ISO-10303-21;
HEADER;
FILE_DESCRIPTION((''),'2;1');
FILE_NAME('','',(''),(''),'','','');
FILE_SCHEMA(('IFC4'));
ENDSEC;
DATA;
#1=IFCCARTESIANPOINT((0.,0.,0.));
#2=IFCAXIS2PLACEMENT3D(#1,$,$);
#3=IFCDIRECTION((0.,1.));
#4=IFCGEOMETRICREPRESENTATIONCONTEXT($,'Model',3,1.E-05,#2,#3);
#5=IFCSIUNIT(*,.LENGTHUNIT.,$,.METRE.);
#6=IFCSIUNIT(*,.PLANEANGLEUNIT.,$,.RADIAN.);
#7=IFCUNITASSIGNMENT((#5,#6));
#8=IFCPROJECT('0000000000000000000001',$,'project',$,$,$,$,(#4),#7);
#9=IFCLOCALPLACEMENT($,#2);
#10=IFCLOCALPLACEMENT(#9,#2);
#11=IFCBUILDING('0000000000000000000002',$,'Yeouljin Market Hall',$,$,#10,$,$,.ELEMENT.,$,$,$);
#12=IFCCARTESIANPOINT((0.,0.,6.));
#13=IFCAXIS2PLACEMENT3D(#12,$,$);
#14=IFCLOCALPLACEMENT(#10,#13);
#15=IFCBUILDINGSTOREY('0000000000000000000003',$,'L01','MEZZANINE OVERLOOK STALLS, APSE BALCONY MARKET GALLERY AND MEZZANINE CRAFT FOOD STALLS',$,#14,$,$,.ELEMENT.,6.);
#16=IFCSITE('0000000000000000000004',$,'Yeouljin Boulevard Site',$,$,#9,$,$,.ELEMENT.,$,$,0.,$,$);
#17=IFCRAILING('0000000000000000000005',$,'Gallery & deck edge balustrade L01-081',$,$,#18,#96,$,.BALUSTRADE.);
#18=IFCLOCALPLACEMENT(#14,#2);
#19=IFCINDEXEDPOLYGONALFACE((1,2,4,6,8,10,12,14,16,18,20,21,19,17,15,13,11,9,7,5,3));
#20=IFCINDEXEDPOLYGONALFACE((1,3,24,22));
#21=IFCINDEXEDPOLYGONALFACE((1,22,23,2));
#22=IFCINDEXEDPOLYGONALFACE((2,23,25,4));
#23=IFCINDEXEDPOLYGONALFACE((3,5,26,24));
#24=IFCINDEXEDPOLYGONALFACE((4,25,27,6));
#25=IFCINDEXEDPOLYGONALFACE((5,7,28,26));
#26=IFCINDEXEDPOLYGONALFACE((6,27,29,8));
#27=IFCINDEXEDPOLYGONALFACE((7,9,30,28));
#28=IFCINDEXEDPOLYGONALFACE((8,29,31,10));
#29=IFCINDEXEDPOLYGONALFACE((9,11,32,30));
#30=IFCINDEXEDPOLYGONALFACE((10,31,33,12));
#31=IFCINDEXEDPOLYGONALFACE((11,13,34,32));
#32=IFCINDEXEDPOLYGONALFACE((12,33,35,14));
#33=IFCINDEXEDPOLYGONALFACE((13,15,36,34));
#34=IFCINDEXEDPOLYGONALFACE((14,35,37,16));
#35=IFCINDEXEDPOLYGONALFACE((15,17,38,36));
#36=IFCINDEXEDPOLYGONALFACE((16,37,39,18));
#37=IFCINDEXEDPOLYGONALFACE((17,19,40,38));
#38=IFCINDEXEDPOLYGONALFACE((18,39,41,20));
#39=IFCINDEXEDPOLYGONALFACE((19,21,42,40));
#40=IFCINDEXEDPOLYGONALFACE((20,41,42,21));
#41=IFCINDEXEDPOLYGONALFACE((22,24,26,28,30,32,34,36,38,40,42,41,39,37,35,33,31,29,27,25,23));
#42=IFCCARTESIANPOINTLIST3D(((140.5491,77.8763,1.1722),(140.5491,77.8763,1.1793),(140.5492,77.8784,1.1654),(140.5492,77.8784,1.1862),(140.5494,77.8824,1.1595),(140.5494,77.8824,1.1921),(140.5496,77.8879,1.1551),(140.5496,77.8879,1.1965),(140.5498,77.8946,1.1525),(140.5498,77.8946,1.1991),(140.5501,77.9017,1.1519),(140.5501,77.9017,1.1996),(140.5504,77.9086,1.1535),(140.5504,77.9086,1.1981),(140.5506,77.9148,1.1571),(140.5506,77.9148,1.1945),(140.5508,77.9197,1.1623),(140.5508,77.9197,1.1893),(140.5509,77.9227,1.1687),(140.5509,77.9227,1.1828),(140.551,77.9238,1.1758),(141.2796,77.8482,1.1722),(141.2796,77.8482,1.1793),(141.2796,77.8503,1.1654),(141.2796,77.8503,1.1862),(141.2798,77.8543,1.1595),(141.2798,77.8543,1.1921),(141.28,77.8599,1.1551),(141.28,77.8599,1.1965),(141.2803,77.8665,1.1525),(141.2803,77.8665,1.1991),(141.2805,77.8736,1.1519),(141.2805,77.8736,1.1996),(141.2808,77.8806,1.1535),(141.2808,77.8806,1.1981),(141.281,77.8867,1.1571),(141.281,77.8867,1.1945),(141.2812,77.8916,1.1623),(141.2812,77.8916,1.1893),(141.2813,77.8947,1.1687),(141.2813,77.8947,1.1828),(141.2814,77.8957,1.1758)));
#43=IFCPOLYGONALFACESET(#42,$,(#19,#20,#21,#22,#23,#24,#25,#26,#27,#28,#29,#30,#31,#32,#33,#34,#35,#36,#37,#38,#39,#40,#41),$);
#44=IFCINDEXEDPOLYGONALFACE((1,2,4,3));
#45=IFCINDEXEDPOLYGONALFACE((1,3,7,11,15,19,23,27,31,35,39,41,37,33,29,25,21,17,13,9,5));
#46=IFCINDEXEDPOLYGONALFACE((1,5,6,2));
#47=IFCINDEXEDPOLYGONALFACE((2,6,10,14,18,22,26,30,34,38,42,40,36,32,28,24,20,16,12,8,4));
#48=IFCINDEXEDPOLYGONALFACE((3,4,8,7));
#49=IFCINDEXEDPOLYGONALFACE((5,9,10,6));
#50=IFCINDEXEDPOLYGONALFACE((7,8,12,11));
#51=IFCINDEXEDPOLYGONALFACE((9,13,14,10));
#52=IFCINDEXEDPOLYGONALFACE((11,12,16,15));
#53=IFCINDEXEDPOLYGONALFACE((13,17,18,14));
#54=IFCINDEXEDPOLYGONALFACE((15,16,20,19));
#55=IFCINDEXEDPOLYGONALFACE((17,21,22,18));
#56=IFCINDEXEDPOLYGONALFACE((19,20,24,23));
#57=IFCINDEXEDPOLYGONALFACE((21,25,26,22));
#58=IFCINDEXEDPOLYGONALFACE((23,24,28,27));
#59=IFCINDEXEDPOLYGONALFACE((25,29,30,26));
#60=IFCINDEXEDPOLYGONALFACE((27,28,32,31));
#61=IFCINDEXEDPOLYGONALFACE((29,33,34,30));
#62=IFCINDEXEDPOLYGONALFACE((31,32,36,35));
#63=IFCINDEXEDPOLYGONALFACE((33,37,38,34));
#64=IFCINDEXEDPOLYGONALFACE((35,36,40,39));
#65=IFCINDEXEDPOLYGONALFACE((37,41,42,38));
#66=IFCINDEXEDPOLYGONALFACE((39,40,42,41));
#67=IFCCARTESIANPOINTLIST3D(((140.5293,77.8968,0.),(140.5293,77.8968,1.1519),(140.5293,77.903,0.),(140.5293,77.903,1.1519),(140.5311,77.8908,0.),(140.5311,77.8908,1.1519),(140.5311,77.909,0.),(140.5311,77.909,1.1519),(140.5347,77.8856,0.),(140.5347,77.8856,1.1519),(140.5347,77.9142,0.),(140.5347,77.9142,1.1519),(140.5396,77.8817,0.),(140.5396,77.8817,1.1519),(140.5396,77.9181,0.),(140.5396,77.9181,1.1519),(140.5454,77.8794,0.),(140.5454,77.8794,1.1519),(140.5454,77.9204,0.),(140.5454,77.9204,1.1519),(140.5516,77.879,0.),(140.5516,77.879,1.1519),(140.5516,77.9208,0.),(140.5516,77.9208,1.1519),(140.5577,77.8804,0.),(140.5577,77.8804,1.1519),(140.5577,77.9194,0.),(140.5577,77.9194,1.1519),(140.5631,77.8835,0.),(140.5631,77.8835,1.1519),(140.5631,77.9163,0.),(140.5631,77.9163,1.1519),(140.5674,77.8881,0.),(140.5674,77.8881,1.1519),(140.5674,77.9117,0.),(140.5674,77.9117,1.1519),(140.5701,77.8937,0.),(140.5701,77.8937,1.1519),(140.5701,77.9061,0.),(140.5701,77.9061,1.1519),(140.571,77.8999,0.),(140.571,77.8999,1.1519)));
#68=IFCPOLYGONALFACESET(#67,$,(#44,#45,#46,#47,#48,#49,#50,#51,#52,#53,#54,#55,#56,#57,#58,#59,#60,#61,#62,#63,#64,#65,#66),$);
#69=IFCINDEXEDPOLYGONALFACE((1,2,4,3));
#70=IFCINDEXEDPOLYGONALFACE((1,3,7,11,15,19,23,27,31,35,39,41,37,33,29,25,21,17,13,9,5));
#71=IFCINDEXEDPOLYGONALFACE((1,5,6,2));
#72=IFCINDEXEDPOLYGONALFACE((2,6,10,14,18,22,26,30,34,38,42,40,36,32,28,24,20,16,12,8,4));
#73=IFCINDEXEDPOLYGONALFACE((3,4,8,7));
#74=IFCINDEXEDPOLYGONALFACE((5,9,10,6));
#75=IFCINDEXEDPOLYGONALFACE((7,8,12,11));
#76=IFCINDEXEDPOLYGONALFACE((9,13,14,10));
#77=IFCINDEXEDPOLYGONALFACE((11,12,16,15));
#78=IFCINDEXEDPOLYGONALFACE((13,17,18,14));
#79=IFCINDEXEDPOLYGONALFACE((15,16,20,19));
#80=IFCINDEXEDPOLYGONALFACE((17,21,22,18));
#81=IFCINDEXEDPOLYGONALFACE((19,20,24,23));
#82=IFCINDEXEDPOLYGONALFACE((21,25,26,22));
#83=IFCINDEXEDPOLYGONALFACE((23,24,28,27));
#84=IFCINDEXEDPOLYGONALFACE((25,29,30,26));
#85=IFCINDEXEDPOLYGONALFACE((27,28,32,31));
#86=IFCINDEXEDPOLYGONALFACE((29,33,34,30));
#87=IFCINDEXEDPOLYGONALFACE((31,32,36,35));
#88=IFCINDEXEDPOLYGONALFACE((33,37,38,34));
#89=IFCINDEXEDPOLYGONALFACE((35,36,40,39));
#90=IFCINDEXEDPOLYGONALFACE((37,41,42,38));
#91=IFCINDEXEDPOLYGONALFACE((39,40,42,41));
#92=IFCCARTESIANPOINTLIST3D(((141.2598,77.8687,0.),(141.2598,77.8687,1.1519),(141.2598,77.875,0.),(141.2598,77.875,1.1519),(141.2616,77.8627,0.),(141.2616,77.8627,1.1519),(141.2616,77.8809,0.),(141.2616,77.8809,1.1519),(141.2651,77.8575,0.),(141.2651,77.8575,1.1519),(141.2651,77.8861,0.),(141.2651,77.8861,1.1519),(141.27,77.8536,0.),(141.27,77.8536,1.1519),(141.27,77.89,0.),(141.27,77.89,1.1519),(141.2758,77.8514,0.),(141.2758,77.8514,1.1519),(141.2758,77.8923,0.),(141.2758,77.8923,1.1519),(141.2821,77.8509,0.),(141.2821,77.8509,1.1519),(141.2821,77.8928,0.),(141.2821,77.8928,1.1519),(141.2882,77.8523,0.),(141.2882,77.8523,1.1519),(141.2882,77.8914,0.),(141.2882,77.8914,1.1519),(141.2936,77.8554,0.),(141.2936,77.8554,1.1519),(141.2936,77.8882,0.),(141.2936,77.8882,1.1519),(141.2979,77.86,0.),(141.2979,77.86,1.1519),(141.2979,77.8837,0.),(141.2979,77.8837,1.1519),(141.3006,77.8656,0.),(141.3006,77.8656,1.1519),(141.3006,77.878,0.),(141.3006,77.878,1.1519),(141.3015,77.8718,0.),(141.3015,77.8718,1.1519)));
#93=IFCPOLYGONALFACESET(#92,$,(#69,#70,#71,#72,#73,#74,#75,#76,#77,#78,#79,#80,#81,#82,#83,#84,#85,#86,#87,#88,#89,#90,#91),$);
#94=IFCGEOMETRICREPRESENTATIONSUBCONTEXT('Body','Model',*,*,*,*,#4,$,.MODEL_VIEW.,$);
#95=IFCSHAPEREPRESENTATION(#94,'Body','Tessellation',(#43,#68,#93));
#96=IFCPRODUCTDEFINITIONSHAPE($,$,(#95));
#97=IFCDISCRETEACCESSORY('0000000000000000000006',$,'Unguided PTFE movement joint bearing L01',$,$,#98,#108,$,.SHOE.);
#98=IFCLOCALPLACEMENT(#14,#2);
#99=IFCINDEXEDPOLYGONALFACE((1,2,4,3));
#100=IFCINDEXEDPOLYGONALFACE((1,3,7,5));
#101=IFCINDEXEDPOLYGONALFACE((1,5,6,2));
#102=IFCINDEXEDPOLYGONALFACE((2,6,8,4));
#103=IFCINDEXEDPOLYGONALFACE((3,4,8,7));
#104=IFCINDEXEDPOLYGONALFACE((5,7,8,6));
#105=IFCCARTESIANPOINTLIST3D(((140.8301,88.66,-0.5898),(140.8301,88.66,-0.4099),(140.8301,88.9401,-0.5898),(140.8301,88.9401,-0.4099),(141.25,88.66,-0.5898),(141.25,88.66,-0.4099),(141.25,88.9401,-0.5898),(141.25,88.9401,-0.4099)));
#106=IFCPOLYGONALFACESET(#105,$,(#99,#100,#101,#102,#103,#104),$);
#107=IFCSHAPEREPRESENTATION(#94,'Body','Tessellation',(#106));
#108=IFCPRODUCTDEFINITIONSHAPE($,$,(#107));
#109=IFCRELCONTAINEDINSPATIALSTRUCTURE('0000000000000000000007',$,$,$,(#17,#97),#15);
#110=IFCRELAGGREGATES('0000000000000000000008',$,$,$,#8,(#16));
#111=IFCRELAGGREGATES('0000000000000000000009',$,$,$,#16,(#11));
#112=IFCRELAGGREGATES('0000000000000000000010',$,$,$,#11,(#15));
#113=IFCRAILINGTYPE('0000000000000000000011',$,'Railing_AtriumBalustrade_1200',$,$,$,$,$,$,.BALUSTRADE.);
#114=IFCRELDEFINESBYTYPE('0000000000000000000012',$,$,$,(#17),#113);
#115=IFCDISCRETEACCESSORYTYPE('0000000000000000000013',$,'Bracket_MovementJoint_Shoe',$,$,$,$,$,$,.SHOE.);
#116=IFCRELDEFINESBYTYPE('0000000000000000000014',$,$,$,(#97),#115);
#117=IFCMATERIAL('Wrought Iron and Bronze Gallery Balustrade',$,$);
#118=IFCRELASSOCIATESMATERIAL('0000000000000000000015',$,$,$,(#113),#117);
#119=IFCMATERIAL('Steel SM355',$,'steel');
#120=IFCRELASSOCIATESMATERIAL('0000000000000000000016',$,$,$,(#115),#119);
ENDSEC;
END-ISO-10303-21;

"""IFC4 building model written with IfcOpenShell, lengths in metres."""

from ifc_helpers import new_model, si_unit, direction, frame, origin, origin_2d, place, context, subcontext, project, spatial, rectangle, circle, extrude, material, type_object, element, save


model = new_model("IFC4")

# Units and contexts
model_context = context("Model", 3, precision=1e-05, world=origin(), true_north=direction((0.0, 1.0)))
body_context = subcontext(model_context, "Body", "Model", "MODEL_VIEW")
ifc_project = project(units=[si_unit("LENGTHUNIT", "METRE"), si_unit("PLANEANGLEUNIT", "RADIAN")], contexts=[model_context])

# Site, building, storey
site_placement = place(None, origin())
site = spatial("IfcSite", under=ifc_project, at=site_placement, Name="Yeouljin Boulevard Site", CompositionType="ELEMENT", RefElevation=0.0)
building_placement = place(site_placement, origin())
building = spatial("IfcBuilding", under=site, at=building_placement, Name="Yeouljin Market Hall", CompositionType="ELEMENT")
storey_placement = place(building_placement, frame((0.0, 0.0, 6.0)))
storey = spatial("IfcBuildingStorey", under=building, at=storey_placement, Name="L01", Description="MEZZANINE OVERLOOK STALLS, APSE BALCONY MARKET GALLERY AND MEZZANINE CRAFT FOOD STALLS", CompositionType="ELEMENT", Elevation=6.0)

# Railing
ifc_material_1 = material(Name="Wrought Iron and Bronze Gallery Balustrade")
railing_type = type_object("IfcRailingType", Name="Railing_AtriumBalustrade_1200", PredefinedType="BALUSTRADE", material=ifc_material_1)
railing_placement = place(storey_placement, frame((140.55, 77.8999, 0.0)))
element("IfcRailing", 1, at=railing_placement, inside=storey, type_object=railing_type, Name="Gallery & deck edge balustrade L01-081", PredefinedType="BALUSTRADE", context=body_context, shape_type="SweptSolid", body=[
    extrude(circle(Radius=0.0239, at=origin_2d()), frame((0.0, 0.0, 1.1758), z_axis=(0.999262, -0.038407, 0.0), x_axis=(0.038407, 0.999262, 0.0)), (0.0, 0.0, 1.0), 0.731),
    extrude(circle(Radius=0.021, at=origin_2d()), origin(), (0.0, 0.0, 1.0), 1.1519),
    extrude(circle(Radius=0.021, at=origin_2d()), frame((0.7305, -0.0281, 0.0)), (0.0, 0.0, 1.0), 1.1519),
])

# Discrete accessory
ifc_material_2 = material(Name="Steel SM355", Category="steel")
discrete_accessory_type = type_object("IfcDiscreteAccessoryType", Name="Bracket_MovementJoint_Shoe", PredefinedType="SHOE", material=ifc_material_2)
discrete_accessory_placement = place(storey_placement, frame((141.04, 88.8, -0.5898), z_axis=(0.0, 0.0, 1.0), x_axis=(1.0, 0.0, 0.0)))
element("IfcDiscreteAccessory", 2, at=discrete_accessory_placement, inside=storey, type_object=discrete_accessory_type, Name="Unguided PTFE movement joint bearing L01", PredefinedType="SHOE", context=body_context, shape_type="SweptSolid", body=[
    extrude(rectangle(XDim=0.4199, YDim=0.28, at=origin_2d()), origin(), (0.0, 0.0, 1.0), 0.1799),
])

save(model, "model.ifc")
